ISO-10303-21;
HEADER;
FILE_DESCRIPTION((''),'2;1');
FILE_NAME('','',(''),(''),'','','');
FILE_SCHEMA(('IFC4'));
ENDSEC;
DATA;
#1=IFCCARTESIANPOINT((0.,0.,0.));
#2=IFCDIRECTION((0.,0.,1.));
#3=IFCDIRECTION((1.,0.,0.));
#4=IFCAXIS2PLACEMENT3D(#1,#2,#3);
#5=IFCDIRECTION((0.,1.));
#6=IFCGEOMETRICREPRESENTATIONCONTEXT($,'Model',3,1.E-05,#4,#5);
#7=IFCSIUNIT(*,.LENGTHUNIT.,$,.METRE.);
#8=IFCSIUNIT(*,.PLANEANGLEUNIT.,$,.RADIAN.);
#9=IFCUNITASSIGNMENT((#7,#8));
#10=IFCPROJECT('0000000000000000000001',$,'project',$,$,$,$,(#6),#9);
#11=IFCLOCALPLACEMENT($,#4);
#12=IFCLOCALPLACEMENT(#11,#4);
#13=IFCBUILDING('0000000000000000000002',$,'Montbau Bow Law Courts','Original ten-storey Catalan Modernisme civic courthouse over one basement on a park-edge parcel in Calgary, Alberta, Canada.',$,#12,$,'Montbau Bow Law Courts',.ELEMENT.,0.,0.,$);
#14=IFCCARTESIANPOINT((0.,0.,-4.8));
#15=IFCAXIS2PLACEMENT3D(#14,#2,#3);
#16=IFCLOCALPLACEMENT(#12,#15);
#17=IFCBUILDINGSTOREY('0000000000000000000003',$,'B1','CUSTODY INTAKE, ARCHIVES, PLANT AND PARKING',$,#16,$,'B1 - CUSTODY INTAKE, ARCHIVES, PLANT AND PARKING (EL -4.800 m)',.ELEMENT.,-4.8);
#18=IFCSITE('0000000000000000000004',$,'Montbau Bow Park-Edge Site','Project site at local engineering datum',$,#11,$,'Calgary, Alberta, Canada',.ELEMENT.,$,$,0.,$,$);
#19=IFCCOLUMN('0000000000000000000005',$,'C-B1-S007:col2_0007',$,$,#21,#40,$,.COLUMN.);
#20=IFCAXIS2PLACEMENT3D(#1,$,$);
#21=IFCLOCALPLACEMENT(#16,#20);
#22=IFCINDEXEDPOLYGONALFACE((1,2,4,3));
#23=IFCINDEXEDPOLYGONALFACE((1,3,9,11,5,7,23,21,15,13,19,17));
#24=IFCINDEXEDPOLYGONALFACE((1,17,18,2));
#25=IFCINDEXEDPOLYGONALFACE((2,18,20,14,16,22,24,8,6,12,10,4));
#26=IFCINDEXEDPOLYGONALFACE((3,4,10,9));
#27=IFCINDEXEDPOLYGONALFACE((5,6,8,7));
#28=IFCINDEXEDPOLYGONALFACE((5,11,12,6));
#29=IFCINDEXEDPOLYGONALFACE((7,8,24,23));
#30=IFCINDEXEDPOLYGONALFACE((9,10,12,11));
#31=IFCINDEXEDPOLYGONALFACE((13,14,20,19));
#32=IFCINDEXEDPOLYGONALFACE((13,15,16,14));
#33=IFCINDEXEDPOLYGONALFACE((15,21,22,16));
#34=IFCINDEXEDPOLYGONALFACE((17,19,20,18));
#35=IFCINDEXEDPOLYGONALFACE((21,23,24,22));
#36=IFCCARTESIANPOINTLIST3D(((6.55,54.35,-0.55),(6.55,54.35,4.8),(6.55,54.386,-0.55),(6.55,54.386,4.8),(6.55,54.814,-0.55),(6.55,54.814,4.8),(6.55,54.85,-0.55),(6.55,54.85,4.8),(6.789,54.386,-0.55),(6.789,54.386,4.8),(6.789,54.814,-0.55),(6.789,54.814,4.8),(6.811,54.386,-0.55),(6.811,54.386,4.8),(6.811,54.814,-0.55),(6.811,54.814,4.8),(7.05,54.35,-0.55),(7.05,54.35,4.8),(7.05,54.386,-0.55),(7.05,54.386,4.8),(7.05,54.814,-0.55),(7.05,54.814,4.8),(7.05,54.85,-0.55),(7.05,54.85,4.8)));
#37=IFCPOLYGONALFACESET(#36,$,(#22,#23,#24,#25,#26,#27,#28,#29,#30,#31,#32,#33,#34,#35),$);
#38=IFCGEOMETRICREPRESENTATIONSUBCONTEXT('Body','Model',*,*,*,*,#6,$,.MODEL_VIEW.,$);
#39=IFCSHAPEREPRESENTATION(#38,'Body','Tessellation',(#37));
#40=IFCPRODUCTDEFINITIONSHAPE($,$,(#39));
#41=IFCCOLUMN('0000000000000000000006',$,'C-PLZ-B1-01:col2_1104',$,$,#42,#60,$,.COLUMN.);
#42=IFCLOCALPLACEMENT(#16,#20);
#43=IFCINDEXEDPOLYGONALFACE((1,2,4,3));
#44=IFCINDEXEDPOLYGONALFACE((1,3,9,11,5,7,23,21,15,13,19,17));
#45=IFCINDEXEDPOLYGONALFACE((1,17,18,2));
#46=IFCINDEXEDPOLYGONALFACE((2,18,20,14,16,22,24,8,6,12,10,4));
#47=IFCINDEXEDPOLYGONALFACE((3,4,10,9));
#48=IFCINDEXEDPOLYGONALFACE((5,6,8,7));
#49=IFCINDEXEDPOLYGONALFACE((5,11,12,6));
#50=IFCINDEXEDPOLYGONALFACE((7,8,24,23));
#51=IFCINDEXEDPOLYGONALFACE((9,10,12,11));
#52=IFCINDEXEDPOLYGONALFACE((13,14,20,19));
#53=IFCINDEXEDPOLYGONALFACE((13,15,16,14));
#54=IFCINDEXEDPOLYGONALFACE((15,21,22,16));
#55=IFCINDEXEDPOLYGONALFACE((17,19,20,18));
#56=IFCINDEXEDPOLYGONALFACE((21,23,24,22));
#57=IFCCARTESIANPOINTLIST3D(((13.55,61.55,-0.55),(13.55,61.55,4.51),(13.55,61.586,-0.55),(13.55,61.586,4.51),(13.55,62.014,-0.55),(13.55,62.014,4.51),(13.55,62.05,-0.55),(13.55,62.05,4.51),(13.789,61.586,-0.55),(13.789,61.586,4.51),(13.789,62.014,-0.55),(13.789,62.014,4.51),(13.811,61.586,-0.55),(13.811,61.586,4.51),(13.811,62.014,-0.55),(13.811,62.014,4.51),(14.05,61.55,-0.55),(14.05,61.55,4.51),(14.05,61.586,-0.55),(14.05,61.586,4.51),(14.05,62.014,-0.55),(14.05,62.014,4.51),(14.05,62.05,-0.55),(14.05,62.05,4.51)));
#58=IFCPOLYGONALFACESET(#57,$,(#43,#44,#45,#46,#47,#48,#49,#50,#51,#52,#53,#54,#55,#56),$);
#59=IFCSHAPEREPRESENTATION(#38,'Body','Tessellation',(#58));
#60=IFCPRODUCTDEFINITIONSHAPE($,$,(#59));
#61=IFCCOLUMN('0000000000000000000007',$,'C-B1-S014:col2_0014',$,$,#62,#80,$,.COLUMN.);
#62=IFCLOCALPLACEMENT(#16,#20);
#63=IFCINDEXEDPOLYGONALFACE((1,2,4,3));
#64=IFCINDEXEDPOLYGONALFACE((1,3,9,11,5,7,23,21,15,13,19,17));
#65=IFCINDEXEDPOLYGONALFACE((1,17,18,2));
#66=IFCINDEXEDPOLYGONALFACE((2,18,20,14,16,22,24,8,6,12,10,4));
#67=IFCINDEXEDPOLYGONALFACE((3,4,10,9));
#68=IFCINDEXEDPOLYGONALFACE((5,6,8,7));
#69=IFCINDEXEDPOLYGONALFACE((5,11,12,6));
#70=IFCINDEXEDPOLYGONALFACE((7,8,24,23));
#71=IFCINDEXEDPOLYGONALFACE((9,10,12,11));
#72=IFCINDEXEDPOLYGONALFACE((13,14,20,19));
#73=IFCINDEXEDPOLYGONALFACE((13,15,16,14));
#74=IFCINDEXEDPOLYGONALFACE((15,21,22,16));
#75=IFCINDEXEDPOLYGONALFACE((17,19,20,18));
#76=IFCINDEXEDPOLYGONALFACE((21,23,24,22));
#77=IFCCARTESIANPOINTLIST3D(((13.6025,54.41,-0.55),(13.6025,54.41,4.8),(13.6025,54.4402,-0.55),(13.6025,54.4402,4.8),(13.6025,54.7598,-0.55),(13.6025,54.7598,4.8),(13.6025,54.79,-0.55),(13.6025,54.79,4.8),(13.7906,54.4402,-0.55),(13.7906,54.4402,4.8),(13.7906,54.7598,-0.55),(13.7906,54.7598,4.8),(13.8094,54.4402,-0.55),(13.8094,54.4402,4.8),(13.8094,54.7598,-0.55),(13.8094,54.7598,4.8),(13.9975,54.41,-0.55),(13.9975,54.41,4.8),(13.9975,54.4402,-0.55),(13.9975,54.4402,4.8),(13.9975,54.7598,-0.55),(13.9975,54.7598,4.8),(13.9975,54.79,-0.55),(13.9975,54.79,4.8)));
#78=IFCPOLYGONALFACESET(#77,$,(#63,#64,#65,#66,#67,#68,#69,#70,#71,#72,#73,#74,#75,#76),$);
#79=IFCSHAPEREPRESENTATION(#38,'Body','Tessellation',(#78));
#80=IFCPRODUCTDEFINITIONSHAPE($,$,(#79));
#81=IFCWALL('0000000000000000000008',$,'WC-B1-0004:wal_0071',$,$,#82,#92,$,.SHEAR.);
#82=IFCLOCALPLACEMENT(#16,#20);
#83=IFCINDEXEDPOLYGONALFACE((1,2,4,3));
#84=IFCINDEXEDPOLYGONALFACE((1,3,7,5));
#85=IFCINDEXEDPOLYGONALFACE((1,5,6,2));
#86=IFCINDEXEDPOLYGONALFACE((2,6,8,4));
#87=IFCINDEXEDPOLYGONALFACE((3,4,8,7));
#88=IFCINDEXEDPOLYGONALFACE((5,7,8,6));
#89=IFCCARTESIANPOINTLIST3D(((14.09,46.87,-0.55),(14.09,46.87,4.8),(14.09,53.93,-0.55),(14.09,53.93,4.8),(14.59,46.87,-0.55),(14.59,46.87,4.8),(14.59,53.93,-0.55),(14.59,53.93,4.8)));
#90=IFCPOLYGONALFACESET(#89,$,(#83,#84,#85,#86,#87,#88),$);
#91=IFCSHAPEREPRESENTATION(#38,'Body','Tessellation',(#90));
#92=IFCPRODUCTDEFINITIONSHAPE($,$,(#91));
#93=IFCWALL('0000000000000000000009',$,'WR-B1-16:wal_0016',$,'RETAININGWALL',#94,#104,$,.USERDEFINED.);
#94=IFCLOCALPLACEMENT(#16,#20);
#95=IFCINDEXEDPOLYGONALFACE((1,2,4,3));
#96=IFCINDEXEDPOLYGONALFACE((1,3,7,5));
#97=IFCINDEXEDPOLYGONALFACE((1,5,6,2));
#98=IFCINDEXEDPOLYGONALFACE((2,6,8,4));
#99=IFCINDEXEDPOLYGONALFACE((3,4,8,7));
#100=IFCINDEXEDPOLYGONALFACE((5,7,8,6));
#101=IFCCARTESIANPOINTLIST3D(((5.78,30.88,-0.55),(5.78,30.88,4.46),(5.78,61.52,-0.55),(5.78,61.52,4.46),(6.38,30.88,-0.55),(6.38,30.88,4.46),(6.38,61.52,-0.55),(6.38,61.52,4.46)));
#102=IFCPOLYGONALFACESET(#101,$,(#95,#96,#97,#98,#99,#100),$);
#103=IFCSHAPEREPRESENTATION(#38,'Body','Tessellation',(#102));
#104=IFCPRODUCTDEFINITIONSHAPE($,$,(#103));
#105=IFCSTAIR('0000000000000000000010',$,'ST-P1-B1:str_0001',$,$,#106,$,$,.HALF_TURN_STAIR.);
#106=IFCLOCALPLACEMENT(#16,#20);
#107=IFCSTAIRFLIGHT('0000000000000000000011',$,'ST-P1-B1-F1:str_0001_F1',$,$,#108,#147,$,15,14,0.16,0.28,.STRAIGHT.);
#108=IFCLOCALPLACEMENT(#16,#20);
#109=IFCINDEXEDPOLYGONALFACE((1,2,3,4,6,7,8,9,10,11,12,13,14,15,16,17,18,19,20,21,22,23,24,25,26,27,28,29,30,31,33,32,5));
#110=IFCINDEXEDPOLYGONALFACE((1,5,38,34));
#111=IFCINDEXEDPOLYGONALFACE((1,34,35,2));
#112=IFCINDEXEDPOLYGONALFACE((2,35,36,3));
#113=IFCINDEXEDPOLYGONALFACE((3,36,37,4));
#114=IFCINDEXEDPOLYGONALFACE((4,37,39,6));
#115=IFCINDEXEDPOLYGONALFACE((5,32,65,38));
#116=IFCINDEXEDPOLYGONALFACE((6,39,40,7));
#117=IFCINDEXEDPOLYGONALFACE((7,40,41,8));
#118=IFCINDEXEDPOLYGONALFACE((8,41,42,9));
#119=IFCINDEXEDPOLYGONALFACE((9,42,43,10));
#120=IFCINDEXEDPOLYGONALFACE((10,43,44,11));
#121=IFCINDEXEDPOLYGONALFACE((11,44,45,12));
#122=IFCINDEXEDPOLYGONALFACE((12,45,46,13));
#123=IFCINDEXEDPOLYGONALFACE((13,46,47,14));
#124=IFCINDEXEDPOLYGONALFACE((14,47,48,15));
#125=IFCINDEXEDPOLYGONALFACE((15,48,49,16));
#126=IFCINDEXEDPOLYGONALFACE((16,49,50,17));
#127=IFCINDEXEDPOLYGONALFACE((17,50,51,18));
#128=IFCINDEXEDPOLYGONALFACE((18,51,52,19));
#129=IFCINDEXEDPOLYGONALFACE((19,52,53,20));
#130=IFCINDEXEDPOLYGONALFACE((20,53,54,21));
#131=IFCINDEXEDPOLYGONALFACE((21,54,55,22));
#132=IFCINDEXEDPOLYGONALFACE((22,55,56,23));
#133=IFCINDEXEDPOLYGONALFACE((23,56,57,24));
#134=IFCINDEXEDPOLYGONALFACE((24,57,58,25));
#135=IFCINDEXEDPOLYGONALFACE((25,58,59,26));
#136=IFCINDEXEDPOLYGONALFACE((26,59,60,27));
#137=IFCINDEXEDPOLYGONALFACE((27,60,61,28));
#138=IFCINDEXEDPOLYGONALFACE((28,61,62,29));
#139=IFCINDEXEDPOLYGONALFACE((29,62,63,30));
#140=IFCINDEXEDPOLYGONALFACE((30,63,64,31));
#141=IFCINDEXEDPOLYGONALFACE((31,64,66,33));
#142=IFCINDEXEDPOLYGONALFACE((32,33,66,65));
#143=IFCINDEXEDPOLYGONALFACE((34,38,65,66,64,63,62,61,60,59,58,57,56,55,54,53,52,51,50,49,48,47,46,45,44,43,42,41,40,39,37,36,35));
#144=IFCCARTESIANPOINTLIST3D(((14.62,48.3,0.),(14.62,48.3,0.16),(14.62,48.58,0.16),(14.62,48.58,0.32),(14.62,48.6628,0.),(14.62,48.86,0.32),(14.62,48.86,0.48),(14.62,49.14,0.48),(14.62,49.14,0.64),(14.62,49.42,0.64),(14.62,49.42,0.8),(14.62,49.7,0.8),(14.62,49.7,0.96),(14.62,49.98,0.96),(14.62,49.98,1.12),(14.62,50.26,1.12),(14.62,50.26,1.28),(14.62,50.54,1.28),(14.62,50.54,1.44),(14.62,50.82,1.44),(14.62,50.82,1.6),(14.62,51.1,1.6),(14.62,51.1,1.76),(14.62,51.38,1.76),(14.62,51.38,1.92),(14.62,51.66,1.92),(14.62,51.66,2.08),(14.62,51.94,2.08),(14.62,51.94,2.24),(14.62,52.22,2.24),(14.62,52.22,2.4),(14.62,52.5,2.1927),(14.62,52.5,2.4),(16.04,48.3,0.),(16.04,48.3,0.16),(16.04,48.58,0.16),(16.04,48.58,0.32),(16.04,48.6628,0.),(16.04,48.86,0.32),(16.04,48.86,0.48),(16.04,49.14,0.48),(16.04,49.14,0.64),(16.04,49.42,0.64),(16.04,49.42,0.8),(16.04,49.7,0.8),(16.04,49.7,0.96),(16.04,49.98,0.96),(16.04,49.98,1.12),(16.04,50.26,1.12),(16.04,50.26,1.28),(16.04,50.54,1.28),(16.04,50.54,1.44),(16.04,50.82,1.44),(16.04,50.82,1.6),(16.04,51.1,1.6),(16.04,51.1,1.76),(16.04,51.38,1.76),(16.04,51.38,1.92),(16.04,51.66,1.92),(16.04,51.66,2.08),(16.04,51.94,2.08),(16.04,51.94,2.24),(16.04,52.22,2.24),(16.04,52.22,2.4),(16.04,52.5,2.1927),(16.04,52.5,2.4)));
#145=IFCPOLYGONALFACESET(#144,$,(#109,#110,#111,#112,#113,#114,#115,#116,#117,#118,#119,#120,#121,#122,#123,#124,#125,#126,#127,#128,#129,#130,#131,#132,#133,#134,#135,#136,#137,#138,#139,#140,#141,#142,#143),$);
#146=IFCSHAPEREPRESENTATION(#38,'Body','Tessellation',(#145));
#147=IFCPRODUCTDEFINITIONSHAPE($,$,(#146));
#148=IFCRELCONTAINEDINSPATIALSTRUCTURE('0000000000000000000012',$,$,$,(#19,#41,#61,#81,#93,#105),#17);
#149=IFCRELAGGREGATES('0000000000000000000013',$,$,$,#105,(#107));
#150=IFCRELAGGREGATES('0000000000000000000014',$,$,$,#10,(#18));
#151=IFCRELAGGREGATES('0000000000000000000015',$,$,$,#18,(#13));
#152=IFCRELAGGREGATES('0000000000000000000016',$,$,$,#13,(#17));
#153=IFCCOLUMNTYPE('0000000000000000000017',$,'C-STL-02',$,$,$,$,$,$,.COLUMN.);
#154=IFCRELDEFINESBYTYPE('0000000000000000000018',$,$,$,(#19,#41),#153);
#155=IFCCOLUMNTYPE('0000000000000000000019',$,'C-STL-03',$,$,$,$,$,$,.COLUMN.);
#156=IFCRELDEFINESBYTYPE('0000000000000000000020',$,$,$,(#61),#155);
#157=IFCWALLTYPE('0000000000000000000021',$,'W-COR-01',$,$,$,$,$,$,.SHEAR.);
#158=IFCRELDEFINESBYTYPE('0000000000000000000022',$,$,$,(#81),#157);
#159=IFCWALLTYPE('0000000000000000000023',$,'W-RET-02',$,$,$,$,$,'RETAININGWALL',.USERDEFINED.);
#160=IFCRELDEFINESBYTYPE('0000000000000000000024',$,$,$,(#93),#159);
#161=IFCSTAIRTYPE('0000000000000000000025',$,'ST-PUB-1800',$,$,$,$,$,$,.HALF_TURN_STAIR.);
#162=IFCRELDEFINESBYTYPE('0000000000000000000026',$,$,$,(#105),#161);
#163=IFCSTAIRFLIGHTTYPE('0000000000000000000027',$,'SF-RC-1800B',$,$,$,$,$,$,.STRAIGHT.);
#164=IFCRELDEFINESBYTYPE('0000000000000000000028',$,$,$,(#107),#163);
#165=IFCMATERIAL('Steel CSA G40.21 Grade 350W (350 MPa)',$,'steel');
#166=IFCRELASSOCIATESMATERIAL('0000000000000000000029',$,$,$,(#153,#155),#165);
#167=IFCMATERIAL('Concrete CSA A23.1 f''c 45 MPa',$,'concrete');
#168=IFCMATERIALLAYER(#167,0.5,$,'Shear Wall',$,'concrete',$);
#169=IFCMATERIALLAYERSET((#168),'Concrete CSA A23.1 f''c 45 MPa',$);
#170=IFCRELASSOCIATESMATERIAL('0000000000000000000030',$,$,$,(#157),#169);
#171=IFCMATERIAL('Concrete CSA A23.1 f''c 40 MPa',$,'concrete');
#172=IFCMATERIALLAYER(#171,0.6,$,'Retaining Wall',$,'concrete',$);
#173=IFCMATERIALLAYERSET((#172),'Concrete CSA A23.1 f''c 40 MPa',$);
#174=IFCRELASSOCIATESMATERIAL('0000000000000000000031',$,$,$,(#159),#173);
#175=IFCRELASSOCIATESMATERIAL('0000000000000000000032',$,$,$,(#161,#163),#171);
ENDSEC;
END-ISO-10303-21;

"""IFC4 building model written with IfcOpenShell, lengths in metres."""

from ifc_helpers import new_model, si_unit, direction, frame, frame_2d, origin_with_axes, origin_2d_with_axis, place, context, subcontext, project, spatial, polyline, rectangle, i_section, outline, extrude, material, layer, layer_set, material_profile, profile_set, type_object, element, aggregate, save


model = new_model("IFC4")

# Units and contexts
model_context = context("Model", 3, precision=1e-05, world=origin_with_axes(), true_north=direction((0.0, 1.0)))
body_context = subcontext(model_context, "Body", "Model", "MODEL_VIEW")
ifc_project = project(units=[si_unit("LENGTHUNIT", "METRE"), si_unit("PLANEANGLEUNIT", "RADIAN")], contexts=[model_context])

# Site, building, storey
site_placement = place(None, origin_with_axes())
site = spatial("IfcSite", under=ifc_project, at=site_placement, Name="Montbau Bow Park-Edge Site", Description="Project site at local engineering datum", LongName="Calgary, Alberta, Canada", CompositionType="ELEMENT", RefElevation=0.0)
building_placement = place(site_placement, origin_with_axes())
building = spatial("IfcBuilding", under=site, at=building_placement, Name="Montbau Bow Law Courts", Description="Original ten-storey Catalan Modernisme civic courthouse over one basement on a park-edge parcel in Calgary, Alberta, Canada.", LongName="Montbau Bow Law Courts", CompositionType="ELEMENT", ElevationOfRefHeight=0.0, ElevationOfTerrain=0.0)
storey_placement = place(building_placement, frame((0.0, 0.0, -4.8), z_axis=(0.0, 0.0, 1.0), x_axis=(1.0, 0.0, 0.0)))
storey = spatial("IfcBuildingStorey", under=building, at=storey_placement, Name="B1", Description="CUSTODY INTAKE, ARCHIVES, PLANT AND PARKING", LongName="B1 - CUSTODY INTAKE, ARCHIVES, PLANT AND PARKING (EL -4.800 m)", CompositionType="ELEMENT", Elevation=-4.8)

# Shared definitions
ifc_material_1 = material(Name="Concrete CSA A23.1 f'c 40 MPa", Category="concrete")

# Columns
ifc_material_2 = material(Name="Steel CSA G40.21 Grade 350W (350 MPa)", Category="steel")
ifc_material_profile_1 = material_profile(ifc_material_2, i_section(OverallWidth=0.5, OverallDepth=0.5, WebThickness=0.022, FlangeThickness=0.036, at=origin_2d_with_axis()), Name="WWF500X343", Category="Main", Priority=0)
ifc_profile_set_1 = profile_set([ifc_material_profile_1], Name="Steel CSA G40.21 Grade 350W (350 MPa)")
column_type_1 = type_object("IfcColumnType", Name="C-STL-02", PredefinedType="COLUMN", material=ifc_profile_set_1)
column_1_placement = place(None, frame((6.8, 54.6, -5.35), z_axis=(0.0, 0.0, 1.0), x_axis=(1.0, 0.0, 0.0)))
element("IfcColumn", 1, at=column_1_placement, inside=storey, type_object=column_type_1, Name="C-B1-S007:col2_0007", PredefinedType="COLUMN", context=body_context, shape_type="SweptSolid", body=[
    extrude(i_section(OverallWidth=0.5, OverallDepth=0.5, WebThickness=0.022, FlangeThickness=0.036, at=origin_2d_with_axis()), origin_with_axes(), (0.0, 0.0, 1.0), 5.35),
])
column_2_placement = place(None, frame((13.8, 61.8, -5.35), z_axis=(0.0, 0.0, 1.0), x_axis=(1.0, 0.0, 0.0)))
element("IfcColumn", 2, at=column_2_placement, inside=storey, type_object=column_type_1, Name="C-PLZ-B1-01:col2_1104", PredefinedType="COLUMN", context=body_context, shape_type="SweptSolid", body=[
    extrude(i_section(OverallWidth=0.5, OverallDepth=0.5, WebThickness=0.022, FlangeThickness=0.036, at=origin_2d_with_axis()), origin_with_axes(), (0.0, 0.0, 1.0), 5.06),
])
ifc_material_profile_2 = material_profile(ifc_material_2, i_section(OverallWidth=0.395, OverallDepth=0.38, WebThickness=0.0189, FlangeThickness=0.0302, at=origin_2d_with_axis()), Name="W360X237", Category="Main", Priority=0)
ifc_profile_set_2 = profile_set([ifc_material_profile_2], Name="Steel CSA G40.21 Grade 350W (350 MPa)")
column_type_2 = type_object("IfcColumnType", Name="C-STL-03", PredefinedType="COLUMN", material=ifc_profile_set_2)
column_3_placement = place(None, frame((13.8, 54.6, -5.35), z_axis=(0.0, 0.0, 1.0), x_axis=(1.0, 0.0, 0.0)))
element("IfcColumn", 3, at=column_3_placement, inside=storey, type_object=column_type_2, Name="C-B1-S014:col2_0014", PredefinedType="COLUMN", context=body_context, shape_type="SweptSolid", body=[
    extrude(i_section(OverallWidth=0.395, OverallDepth=0.38, WebThickness=0.0189, FlangeThickness=0.0302, at=origin_2d_with_axis()), origin_with_axes(), (0.0, 0.0, 1.0), 5.35),
])

# Walls
ifc_material_3 = material(Name="Concrete CSA A23.1 f'c 45 MPa", Category="concrete")
ifc_layer_1 = layer(ifc_material_3, 0.5, Name="Shear Wall", Category="concrete")
ifc_layer_set_1 = layer_set([ifc_layer_1], Name="Concrete CSA A23.1 f'c 45 MPa")
wall_type_1 = type_object("IfcWallType", Name="W-COR-01", PredefinedType="SHEAR", material=ifc_layer_set_1)
wall_1_placement = place(None, frame((14.34, 53.93, -5.35), z_axis=(0.0, 0.0, 1.0), x_axis=(0.0, -1.0, 0.0)))
element("IfcWall", 4, at=wall_1_placement, inside=storey, type_object=wall_type_1, Name="WC-B1-0004:wal_0071", PredefinedType="SHEAR", context=body_context, shape_type="SweptSolid", body=[
    extrude(rectangle(XDim=7.06, YDim=0.5, at=frame_2d((3.53, 0.0), x_axis=(1.0, 0.0))), origin_with_axes(), (0.0, 0.0, 1.0), 5.35),
])
ifc_layer_2 = layer(ifc_material_1, 0.6, Name="Retaining Wall", Category="concrete")
ifc_layer_set_2 = layer_set([ifc_layer_2], Name="Concrete CSA A23.1 f'c 40 MPa")
wall_type_2 = type_object("IfcWallType", Name="W-RET-02", ElementType="RETAININGWALL", PredefinedType="USERDEFINED", material=ifc_layer_set_2)
wall_2_placement = place(None, frame((6.08, 61.52, -5.35), z_axis=(0.0, 0.0, 1.0), x_axis=(0.0, -1.0, 0.0)))
element("IfcWall", 5, at=wall_2_placement, inside=storey, type_object=wall_type_2, Name="WR-B1-16:wal_0016", ObjectType="RETAININGWALL", PredefinedType="USERDEFINED", context=body_context, shape_type="SweptSolid", body=[
    extrude(rectangle(XDim=30.64, YDim=0.6, at=frame_2d((15.32, 0.0), x_axis=(1.0, 0.0))), origin_with_axes(), (0.0, 0.0, 1.0), 5.01),
])

# Stair, stair flight
stair_type = type_object("IfcStairType", Name="ST-PUB-1800", PredefinedType="HALF_TURN_STAIR", material=ifc_material_1)
stair_placement = place(None, frame((15.33, 48.3, -4.8), z_axis=(0.0, 0.0, 1.0), x_axis=(1.0, 0.0, 0.0)))
stair = element("IfcStair", 6, at=stair_placement, inside=storey, type_object=stair_type, Name="ST-P1-B1:str_0001", PredefinedType="HALF_TURN_STAIR")
stair_flight_type = type_object("IfcStairFlightType", Name="SF-RC-1800B", PredefinedType="STRAIGHT", material=ifc_material_1)
stair_flight_placement = place(None, frame((15.33, 48.3, -4.8), z_axis=(0.0, 0.0, 1.0), x_axis=(0.0, 1.0, 0.0)))
stair_flight = element("IfcStairFlight", 7, at=stair_flight_placement, type_object=stair_flight_type, Name="ST-P1-B1-F1:str_0001_F1", NumberOfRisers=15, NumberOfTreads=14, PredefinedType="STRAIGHT", RiserHeight=0.16, TreadLength=0.28, context=body_context, shape_type="SweptSolid", body=[
    extrude(outline(polyline([(0.0, 0.0), (0.0, 0.16), (0.28, 0.16), (0.28, 0.32), (0.56, 0.32), (0.56, 0.48), (0.84, 0.48), (0.84, 0.64), (1.12, 0.64), (1.12, 0.8), (1.4, 0.8), (1.4, 0.96), (1.68, 0.96), (1.68, 1.12), (1.96, 1.12), (1.96, 1.28), (2.24, 1.28), (2.24, 1.44), (2.52, 1.44), (2.52, 1.6), (2.8, 1.6), (2.8, 1.76), (3.08, 1.76), (3.08, 1.92), (3.36, 1.92), (3.36, 2.08), (3.64, 2.08), (3.64, 2.24), (3.92, 2.24), (3.92, 2.4), (4.2, 2.4), (4.2, 2.1927), (0.3628, 0.0), (0.0, 0.0)])), frame((0.0, 0.71, 0.0), z_axis=(0.0, -1.0, 0.0), x_axis=(1.0, 0.0, 0.0)), (0.0, 0.0, 1.0), 1.42),
])
aggregate(stair, [stair_flight])

save(model, "model.ifc")
